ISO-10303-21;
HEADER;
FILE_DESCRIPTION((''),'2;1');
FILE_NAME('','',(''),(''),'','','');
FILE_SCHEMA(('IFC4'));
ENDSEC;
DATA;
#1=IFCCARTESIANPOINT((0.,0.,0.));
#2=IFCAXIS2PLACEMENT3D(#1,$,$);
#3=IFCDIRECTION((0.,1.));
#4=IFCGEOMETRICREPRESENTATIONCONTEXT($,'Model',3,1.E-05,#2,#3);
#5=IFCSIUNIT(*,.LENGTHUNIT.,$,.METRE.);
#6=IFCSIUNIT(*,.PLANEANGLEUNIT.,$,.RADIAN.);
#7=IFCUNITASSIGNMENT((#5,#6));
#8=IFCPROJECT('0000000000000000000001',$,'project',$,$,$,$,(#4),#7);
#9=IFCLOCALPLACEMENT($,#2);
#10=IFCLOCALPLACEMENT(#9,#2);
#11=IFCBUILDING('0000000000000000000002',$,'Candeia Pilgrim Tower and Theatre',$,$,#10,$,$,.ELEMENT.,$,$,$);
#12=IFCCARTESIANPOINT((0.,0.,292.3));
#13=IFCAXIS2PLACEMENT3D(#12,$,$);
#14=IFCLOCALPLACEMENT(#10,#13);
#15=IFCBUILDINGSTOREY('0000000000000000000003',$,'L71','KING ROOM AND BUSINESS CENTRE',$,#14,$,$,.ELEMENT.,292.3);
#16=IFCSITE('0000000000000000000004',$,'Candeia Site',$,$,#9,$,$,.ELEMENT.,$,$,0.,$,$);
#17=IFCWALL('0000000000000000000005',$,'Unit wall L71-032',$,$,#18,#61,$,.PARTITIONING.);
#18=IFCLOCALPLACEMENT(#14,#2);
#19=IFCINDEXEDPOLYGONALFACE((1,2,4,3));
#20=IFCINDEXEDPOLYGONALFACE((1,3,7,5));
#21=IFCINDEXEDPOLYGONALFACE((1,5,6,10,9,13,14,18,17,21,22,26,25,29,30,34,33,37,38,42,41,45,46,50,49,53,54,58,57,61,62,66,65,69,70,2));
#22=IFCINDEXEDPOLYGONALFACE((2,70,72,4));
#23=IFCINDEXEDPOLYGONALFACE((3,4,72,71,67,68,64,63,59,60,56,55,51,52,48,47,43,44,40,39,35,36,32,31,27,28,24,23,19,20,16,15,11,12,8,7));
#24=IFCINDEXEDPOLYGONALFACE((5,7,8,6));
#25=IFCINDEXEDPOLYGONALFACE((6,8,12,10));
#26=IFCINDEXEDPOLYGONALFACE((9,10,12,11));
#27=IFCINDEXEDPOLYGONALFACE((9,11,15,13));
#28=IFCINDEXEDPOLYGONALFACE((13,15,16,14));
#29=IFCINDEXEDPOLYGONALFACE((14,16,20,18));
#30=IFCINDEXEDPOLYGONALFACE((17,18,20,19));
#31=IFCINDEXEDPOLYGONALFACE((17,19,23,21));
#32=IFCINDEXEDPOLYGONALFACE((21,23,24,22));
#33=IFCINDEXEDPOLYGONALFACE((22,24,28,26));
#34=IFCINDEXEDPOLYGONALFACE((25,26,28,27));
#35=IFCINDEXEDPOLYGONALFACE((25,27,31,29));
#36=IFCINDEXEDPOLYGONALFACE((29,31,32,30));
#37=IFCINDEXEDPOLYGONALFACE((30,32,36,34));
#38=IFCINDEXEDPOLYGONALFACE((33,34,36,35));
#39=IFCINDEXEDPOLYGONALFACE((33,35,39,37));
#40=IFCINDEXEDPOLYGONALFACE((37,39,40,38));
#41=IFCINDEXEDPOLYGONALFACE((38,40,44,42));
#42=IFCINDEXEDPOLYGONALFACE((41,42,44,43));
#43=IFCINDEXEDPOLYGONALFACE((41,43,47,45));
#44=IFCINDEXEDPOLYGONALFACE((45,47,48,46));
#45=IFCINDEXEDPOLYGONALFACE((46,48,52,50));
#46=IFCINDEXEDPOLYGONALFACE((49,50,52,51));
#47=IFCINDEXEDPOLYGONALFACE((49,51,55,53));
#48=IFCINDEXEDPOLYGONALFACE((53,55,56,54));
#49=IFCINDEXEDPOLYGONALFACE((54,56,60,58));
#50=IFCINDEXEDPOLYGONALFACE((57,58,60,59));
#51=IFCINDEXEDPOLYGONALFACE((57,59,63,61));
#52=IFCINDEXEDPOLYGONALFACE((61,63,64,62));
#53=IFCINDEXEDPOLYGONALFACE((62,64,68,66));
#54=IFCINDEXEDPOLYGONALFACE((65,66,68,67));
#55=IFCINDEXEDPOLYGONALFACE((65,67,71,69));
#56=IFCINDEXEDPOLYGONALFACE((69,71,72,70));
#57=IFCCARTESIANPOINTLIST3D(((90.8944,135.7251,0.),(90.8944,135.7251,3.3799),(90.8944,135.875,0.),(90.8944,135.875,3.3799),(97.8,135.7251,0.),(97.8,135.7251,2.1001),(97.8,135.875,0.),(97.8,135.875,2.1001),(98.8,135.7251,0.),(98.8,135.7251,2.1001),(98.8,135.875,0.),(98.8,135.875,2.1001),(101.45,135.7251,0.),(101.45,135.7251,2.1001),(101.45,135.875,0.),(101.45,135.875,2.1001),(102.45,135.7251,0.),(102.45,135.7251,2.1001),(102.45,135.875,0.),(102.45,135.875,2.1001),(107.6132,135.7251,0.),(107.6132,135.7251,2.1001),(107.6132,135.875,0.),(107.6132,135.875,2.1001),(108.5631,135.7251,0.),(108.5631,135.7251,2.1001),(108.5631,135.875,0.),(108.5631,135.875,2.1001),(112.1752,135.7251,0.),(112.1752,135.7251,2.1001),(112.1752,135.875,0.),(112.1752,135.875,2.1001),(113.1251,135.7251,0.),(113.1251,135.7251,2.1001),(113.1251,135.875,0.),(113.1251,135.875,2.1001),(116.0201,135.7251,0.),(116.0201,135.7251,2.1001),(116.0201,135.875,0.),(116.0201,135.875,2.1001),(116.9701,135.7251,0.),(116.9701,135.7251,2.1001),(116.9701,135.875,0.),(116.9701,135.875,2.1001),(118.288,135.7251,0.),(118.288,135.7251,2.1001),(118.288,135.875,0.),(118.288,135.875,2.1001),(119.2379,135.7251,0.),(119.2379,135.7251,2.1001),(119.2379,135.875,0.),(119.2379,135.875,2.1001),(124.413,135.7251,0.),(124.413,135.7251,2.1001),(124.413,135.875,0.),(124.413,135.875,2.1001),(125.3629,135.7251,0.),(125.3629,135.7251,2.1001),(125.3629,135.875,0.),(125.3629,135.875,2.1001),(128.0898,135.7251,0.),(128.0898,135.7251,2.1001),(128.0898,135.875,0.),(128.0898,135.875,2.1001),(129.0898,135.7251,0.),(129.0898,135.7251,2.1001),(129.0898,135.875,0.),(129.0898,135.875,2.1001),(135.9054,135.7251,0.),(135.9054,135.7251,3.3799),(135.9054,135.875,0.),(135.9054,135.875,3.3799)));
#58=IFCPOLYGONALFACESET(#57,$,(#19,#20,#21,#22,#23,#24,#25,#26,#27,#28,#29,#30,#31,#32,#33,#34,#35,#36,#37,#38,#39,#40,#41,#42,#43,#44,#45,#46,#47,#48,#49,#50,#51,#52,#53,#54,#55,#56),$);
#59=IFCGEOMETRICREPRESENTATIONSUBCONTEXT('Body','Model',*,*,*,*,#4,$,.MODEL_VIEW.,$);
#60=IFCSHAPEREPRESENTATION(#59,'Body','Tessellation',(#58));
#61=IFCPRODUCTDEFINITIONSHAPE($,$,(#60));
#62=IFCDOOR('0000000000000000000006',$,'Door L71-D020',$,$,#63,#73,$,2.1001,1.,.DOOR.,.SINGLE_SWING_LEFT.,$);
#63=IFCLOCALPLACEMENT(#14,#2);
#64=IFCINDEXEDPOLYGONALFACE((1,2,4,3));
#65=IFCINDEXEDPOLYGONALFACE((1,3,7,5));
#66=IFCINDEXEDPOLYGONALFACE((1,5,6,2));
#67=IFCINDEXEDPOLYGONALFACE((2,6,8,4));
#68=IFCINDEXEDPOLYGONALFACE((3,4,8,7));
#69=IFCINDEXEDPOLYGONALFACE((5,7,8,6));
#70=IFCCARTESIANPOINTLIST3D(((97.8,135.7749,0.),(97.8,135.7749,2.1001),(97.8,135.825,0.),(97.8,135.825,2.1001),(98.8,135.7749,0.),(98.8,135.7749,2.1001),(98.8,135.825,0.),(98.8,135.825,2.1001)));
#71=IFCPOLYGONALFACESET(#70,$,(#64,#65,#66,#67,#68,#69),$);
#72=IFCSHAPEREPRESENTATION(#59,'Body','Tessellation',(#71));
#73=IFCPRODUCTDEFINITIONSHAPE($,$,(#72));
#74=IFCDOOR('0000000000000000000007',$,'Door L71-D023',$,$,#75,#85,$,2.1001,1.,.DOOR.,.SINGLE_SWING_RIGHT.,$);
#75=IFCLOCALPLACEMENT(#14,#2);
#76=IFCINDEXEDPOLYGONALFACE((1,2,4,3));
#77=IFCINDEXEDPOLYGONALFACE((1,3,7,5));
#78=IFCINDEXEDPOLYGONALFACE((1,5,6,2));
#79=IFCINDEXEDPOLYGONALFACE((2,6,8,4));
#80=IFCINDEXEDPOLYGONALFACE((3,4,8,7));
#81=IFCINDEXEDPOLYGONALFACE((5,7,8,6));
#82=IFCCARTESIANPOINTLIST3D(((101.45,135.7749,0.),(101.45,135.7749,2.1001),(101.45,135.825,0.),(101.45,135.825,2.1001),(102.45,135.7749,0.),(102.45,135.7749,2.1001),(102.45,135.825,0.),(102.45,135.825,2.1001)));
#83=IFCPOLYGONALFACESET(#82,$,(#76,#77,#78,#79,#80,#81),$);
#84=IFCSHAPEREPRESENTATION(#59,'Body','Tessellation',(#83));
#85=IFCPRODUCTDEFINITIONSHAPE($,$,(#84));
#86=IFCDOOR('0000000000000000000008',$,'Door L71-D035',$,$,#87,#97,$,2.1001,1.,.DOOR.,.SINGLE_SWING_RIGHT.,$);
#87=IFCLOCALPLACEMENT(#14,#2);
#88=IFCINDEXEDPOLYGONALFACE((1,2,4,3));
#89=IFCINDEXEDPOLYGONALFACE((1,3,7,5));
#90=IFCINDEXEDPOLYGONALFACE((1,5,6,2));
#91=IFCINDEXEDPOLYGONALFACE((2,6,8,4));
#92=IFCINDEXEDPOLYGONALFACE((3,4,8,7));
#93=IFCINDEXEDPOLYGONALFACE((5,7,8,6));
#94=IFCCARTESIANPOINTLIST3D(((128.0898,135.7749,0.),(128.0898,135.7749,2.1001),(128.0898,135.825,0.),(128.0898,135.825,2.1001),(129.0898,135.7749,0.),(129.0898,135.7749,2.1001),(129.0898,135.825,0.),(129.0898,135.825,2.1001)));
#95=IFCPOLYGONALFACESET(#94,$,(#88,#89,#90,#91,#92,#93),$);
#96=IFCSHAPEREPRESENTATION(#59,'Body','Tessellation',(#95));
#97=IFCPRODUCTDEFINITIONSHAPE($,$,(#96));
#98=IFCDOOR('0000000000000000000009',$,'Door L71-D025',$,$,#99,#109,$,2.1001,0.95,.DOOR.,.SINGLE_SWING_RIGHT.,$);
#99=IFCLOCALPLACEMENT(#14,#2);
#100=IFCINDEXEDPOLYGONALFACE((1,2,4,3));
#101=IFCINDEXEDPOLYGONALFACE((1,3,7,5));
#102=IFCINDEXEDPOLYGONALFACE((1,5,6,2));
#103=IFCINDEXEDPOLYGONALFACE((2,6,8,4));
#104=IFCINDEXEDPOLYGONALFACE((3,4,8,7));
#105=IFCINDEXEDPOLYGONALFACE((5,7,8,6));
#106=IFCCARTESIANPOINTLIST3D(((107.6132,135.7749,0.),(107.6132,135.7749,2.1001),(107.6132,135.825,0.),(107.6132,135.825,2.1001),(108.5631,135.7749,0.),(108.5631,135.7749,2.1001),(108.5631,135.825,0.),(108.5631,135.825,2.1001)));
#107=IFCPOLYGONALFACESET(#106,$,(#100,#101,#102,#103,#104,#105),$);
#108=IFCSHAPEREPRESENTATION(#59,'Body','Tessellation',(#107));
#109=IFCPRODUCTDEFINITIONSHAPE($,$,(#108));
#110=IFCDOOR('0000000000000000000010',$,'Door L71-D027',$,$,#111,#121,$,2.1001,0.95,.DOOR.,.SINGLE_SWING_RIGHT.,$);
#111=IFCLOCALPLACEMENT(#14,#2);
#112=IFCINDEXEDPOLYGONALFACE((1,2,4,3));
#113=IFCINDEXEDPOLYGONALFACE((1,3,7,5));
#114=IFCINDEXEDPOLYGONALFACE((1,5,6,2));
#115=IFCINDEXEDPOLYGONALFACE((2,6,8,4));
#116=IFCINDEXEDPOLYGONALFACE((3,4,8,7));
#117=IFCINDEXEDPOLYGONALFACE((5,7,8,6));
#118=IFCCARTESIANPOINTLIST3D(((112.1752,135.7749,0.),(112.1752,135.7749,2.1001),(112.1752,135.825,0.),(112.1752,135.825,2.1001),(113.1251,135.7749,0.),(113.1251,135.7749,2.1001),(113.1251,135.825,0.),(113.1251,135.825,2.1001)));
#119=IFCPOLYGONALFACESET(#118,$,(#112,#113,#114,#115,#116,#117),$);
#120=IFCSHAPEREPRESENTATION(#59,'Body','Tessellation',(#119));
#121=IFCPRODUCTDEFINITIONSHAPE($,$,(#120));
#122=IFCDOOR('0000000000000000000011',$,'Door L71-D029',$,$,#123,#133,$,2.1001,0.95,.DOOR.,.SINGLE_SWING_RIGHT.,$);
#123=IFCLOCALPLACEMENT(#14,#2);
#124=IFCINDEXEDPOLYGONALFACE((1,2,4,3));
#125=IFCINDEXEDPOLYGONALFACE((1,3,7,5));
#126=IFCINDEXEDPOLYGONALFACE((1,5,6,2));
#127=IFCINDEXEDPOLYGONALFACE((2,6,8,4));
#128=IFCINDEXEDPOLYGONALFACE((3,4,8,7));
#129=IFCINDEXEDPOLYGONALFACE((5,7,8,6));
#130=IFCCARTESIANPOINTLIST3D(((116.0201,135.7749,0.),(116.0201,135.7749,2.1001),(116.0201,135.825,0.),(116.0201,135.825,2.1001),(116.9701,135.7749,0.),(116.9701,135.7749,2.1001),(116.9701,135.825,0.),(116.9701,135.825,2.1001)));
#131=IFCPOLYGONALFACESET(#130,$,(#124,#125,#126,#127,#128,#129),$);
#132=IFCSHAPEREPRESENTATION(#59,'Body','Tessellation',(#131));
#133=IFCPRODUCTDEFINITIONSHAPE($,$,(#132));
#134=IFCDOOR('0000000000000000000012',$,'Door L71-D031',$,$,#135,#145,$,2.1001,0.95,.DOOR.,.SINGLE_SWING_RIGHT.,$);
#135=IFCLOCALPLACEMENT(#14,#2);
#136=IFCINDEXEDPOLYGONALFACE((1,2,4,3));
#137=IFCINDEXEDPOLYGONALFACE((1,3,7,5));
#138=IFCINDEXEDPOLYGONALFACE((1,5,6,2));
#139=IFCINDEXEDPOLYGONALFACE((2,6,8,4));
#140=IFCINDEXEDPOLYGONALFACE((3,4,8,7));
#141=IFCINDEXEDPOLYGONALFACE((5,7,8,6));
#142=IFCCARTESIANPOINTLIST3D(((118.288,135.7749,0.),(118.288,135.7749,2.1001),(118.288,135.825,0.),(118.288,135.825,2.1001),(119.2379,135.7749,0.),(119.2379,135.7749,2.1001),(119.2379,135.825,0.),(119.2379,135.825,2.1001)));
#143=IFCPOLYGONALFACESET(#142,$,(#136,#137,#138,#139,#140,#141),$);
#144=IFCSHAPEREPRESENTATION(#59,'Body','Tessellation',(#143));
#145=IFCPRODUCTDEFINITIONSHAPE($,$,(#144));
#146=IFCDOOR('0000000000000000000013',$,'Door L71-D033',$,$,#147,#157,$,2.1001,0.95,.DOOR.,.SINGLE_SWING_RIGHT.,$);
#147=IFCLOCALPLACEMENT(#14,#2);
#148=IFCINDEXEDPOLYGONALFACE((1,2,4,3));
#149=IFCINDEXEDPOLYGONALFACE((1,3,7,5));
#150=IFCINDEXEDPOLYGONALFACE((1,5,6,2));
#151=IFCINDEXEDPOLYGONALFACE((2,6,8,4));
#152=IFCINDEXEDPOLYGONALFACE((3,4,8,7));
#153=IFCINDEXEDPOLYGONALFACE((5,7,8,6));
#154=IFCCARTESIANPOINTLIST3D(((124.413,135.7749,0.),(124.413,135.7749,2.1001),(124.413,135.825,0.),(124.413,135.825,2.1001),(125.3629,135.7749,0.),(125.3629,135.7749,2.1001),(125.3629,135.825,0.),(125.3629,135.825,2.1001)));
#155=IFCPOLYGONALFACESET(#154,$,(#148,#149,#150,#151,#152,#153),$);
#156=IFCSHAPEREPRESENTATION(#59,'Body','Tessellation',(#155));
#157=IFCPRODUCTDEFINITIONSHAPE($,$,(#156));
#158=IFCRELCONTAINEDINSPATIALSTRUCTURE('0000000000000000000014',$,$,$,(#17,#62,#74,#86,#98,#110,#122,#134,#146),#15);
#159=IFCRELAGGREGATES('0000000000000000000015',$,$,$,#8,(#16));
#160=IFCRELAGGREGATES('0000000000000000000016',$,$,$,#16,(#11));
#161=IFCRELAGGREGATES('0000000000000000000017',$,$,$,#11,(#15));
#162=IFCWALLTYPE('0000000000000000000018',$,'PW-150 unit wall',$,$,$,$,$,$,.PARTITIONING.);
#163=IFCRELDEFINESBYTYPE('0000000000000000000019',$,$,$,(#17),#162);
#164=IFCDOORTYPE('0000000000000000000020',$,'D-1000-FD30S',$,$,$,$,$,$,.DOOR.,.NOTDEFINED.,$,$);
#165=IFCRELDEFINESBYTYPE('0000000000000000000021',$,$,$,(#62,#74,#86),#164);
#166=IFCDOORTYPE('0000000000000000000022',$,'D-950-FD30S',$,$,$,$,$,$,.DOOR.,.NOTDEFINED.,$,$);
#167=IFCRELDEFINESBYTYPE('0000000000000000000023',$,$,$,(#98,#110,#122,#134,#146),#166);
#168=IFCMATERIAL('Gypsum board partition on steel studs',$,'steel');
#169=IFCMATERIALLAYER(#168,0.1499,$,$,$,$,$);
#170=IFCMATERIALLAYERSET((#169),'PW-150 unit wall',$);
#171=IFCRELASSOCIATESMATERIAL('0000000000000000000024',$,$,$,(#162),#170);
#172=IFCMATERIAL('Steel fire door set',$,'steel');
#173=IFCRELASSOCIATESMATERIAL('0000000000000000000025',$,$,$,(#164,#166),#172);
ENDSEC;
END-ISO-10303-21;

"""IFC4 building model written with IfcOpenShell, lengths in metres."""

from ifc_helpers import new_model, si_unit, direction, frame, frame_2d, origin, place, context, subcontext, project, spatial, rectangle, extrude, material, layer, layer_set, type_object, element, fill, save


model = new_model("IFC4")

# Units and contexts
model_context = context("Model", 3, precision=1e-05, world=origin(), true_north=direction((0.0, 1.0)))
body_context = subcontext(model_context, "Body", "Model", "MODEL_VIEW")
ifc_project = project(units=[si_unit("LENGTHUNIT", "METRE"), si_unit("PLANEANGLEUNIT", "RADIAN")], contexts=[model_context])

# Site, building, storey
site_placement = place(None, origin())
site = spatial("IfcSite", under=ifc_project, at=site_placement, Name="Candeia Site", CompositionType="ELEMENT", RefElevation=0.0)
building_placement = place(site_placement, origin())
building = spatial("IfcBuilding", under=site, at=building_placement, Name="Candeia Pilgrim Tower and Theatre", CompositionType="ELEMENT")
storey_placement = place(building_placement, frame((0.0, 0.0, 292.3)))
storey = spatial("IfcBuildingStorey", under=building, at=storey_placement, Name="L71", Description="KING ROOM AND BUSINESS CENTRE", CompositionType="ELEMENT", Elevation=292.3)

# Shared definitions
ifc_material_1 = material(Name="Steel fire door set", Category="steel")
ifc_material_2 = material(Name="Gypsum board partition on steel studs", Category="steel")

# Wall, openings, doors
ifc_layer_1 = layer(ifc_material_2, 0.1499)
ifc_layer_set_1 = layer_set([ifc_layer_1], Name="PW-150 unit wall")
wall_type_1 = type_object("IfcWallType", Name="PW-150 unit wall", PredefinedType="PARTITIONING", material=ifc_layer_set_1)
wall_1_placement = place(storey_placement, frame((90.8945, 135.8, 0.0), z_axis=(0.0, 0.0, 1.0), x_axis=(1.0, 0.0, 0.0)))
wall_1 = element("IfcWall", 1, at=wall_1_placement, inside=storey, type_object=wall_type_1, Name="Unit wall L71-032", PredefinedType="PARTITIONING", context=body_context, shape_type="SweptSolid", body=[
    extrude(rectangle(XDim=45.011, YDim=0.1499, at=frame_2d((22.5054, 0.0))), origin(), (0.0, 0.0, 1.0), 3.3799),
])
opening_1_placement = place(wall_1_placement, frame((6.9055, 0.0, 0.0)))
opening_1 = element("IfcOpeningElement", 2, at=opening_1_placement, cuts=wall_1, PredefinedType="OPENING", context=body_context, shape_type="SweptSolid", body=[
    extrude(rectangle(XDim=1.0, YDim=2.1001, at=frame_2d((0.5, 1.05))), frame((0.0, 0.085, 0.0), z_axis=(0.0, -1.0, 0.0), x_axis=(1.0, 0.0, 0.0)), (0.0, 0.0, 1.0), 0.1699),
])
opening_2_placement = place(wall_1_placement, frame((10.5554, 0.0, 0.0)))
opening_2 = element("IfcOpeningElement", 3, at=opening_2_placement, cuts=wall_1, PredefinedType="OPENING", context=body_context, shape_type="SweptSolid", body=[
    extrude(rectangle(XDim=1.0, YDim=2.1001, at=frame_2d((0.5, 1.05))), frame((0.0, 0.085, 0.0), z_axis=(0.0, -1.0, 0.0), x_axis=(1.0, 0.0, 0.0)), (0.0, 0.0, 1.0), 0.1699),
])
opening_3_placement = place(wall_1_placement, frame((16.7185, 0.0, 0.0)))
opening_3 = element("IfcOpeningElement", 4, at=opening_3_placement, cuts=wall_1, PredefinedType="OPENING", context=body_context, shape_type="SweptSolid", body=[
    extrude(rectangle(XDim=0.95, YDim=2.1001, at=frame_2d((0.4751, 1.05))), frame((0.0, 0.085, 0.0), z_axis=(0.0, -1.0, 0.0), x_axis=(1.0, 0.0, 0.0)), (0.0, 0.0, 1.0), 0.1699),
])
opening_4_placement = place(wall_1_placement, frame((21.2805, 0.0, 0.0)))
opening_4 = element("IfcOpeningElement", 5, at=opening_4_placement, cuts=wall_1, PredefinedType="OPENING", context=body_context, shape_type="SweptSolid", body=[
    extrude(rectangle(XDim=0.95, YDim=2.1001, at=frame_2d((0.4751, 1.05))), frame((0.0, 0.085, 0.0), z_axis=(0.0, -1.0, 0.0), x_axis=(1.0, 0.0, 0.0)), (0.0, 0.0, 1.0), 0.1699),
])
opening_5_placement = place(wall_1_placement, frame((25.1255, 0.0, 0.0)))
opening_5 = element("IfcOpeningElement", 6, at=opening_5_placement, cuts=wall_1, PredefinedType="OPENING", context=body_context, shape_type="SweptSolid", body=[
    extrude(rectangle(XDim=0.95, YDim=2.1001, at=frame_2d((0.4751, 1.05))), frame((0.0, 0.085, 0.0), z_axis=(0.0, -1.0, 0.0), x_axis=(1.0, 0.0, 0.0)), (0.0, 0.0, 1.0), 0.1699),
])
opening_6_placement = place(wall_1_placement, frame((27.3933, 0.0, 0.0)))
opening_6 = element("IfcOpeningElement", 7, at=opening_6_placement, cuts=wall_1, PredefinedType="OPENING", context=body_context, shape_type="SweptSolid", body=[
    extrude(rectangle(XDim=0.95, YDim=2.1001, at=frame_2d((0.4751, 1.05))), frame((0.0, 0.085, 0.0), z_axis=(0.0, -1.0, 0.0), x_axis=(1.0, 0.0, 0.0)), (0.0, 0.0, 1.0), 0.1699),
])
opening_7_placement = place(wall_1_placement, frame((33.5183, 0.0, 0.0)))
opening_7 = element("IfcOpeningElement", 8, at=opening_7_placement, cuts=wall_1, PredefinedType="OPENING", context=body_context, shape_type="SweptSolid", body=[
    extrude(rectangle(XDim=0.95, YDim=2.1001, at=frame_2d((0.4751, 1.05))), frame((0.0, 0.085, 0.0), z_axis=(0.0, -1.0, 0.0), x_axis=(1.0, 0.0, 0.0)), (0.0, 0.0, 1.0), 0.1699),
])
opening_8_placement = place(wall_1_placement, frame((37.1953, 0.0, 0.0)))
opening_8 = element("IfcOpeningElement", 9, at=opening_8_placement, cuts=wall_1, PredefinedType="OPENING", context=body_context, shape_type="SweptSolid", body=[
    extrude(rectangle(XDim=1.0, YDim=2.1001, at=frame_2d((0.5, 1.05))), frame((0.0, 0.085, 0.0), z_axis=(0.0, -1.0, 0.0), x_axis=(1.0, 0.0, 0.0)), (0.0, 0.0, 1.0), 0.1699),
])
door_type_1 = type_object("IfcDoorType", Name="D-1000-FD30S", OperationType="NOTDEFINED", PredefinedType="DOOR", material=ifc_material_1)
door_1_placement = place(opening_1_placement, origin())
door_1 = element("IfcDoor", 10, at=door_1_placement, inside=storey, type_object=door_type_1, Name="Door L71-D020", OperationType="SINGLE_SWING_LEFT", OverallHeight=2.1001, OverallWidth=1.0, PredefinedType="DOOR", context=body_context, shape_type="SweptSolid", body=[
    extrude(rectangle(XDim=1.0, YDim=2.1001, at=frame_2d((0.5, 1.05))), frame((0.0, 0.0249, 0.0), z_axis=(0.0, -1.0, 0.0), x_axis=(1.0, 0.0, 0.0)), (0.0, 0.0, 1.0), 0.05),
])
fill(opening_1, door_1)
door_2_placement = place(opening_2_placement, origin())
door_2 = element("IfcDoor", 11, at=door_2_placement, inside=storey, type_object=door_type_1, Name="Door L71-D023", OperationType="SINGLE_SWING_RIGHT", OverallHeight=2.1001, OverallWidth=1.0, PredefinedType="DOOR", context=body_context, shape_type="SweptSolid", body=[
    extrude(rectangle(XDim=1.0, YDim=2.1001, at=frame_2d((0.5, 1.05))), frame((0.0, 0.0249, 0.0), z_axis=(0.0, -1.0, 0.0), x_axis=(1.0, 0.0, 0.0)), (0.0, 0.0, 1.0), 0.05),
])
fill(opening_2, door_2)
door_3_placement = place(opening_8_placement, origin())
door_3 = element("IfcDoor", 12, at=door_3_placement, inside=storey, type_object=door_type_1, Name="Door L71-D035", OperationType="SINGLE_SWING_RIGHT", OverallHeight=2.1001, OverallWidth=1.0, PredefinedType="DOOR", context=body_context, shape_type="SweptSolid", body=[
    extrude(rectangle(XDim=1.0, YDim=2.1001, at=frame_2d((0.5, 1.05))), frame((0.0, 0.0249, 0.0), z_axis=(0.0, -1.0, 0.0), x_axis=(1.0, 0.0, 0.0)), (0.0, 0.0, 1.0), 0.05),
])
fill(opening_8, door_3)
door_type_2 = type_object("IfcDoorType", Name="D-950-FD30S", OperationType="NOTDEFINED", PredefinedType="DOOR", material=ifc_material_1)
door_4_placement = place(opening_3_placement, origin())
door_4 = element("IfcDoor", 13, at=door_4_placement, inside=storey, type_object=door_type_2, Name="Door L71-D025", OperationType="SINGLE_SWING_RIGHT", OverallHeight=2.1001, OverallWidth=0.95, PredefinedType="DOOR", context=body_context, shape_type="SweptSolid", body=[
    extrude(rectangle(XDim=0.95, YDim=2.1001, at=frame_2d((0.4751, 1.05))), frame((0.0, 0.0249, 0.0), z_axis=(0.0, -1.0, 0.0), x_axis=(1.0, 0.0, 0.0)), (0.0, 0.0, 1.0), 0.05),
])
fill(opening_3, door_4)
door_5_placement = place(opening_4_placement, origin())
door_5 = element("IfcDoor", 14, at=door_5_placement, inside=storey, type_object=door_type_2, Name="Door L71-D027", OperationType="SINGLE_SWING_RIGHT", OverallHeight=2.1001, OverallWidth=0.95, PredefinedType="DOOR", context=body_context, shape_type="SweptSolid", body=[
    extrude(rectangle(XDim=0.95, YDim=2.1001, at=frame_2d((0.4751, 1.05))), frame((0.0, 0.0249, 0.0), z_axis=(0.0, -1.0, 0.0), x_axis=(1.0, 0.0, 0.0)), (0.0, 0.0, 1.0), 0.05),
])
fill(opening_4, door_5)
door_6_placement = place(opening_5_placement, origin())
door_6 = element("IfcDoor", 15, at=door_6_placement, inside=storey, type_object=door_type_2, Name="Door L71-D029", OperationType="SINGLE_SWING_RIGHT", OverallHeight=2.1001, OverallWidth=0.95, PredefinedType="DOOR", context=body_context, shape_type="SweptSolid", body=[
    extrude(rectangle(XDim=0.95, YDim=2.1001, at=frame_2d((0.4751, 1.05))), frame((0.0, 0.0249, 0.0), z_axis=(0.0, -1.0, 0.0), x_axis=(1.0, 0.0, 0.0)), (0.0, 0.0, 1.0), 0.05),
])
fill(opening_5, door_6)
door_7_placement = place(opening_6_placement, origin())
door_7 = element("IfcDoor", 16, at=door_7_placement, inside=storey, type_object=door_type_2, Name="Door L71-D031", OperationType="SINGLE_SWING_RIGHT", OverallHeight=2.1001, OverallWidth=0.95, PredefinedType="DOOR", context=body_context, shape_type="SweptSolid", body=[
    extrude(rectangle(XDim=0.95, YDim=2.1001, at=frame_2d((0.4751, 1.05))), frame((0.0, 0.0249, 0.0), z_axis=(0.0, -1.0, 0.0), x_axis=(1.0, 0.0, 0.0)), (0.0, 0.0, 1.0), 0.05),
])
fill(opening_6, door_7)
door_8_placement = place(opening_7_placement, origin())
door_8 = element("IfcDoor", 17, at=door_8_placement, inside=storey, type_object=door_type_2, Name="Door L71-D033", OperationType="SINGLE_SWING_RIGHT", OverallHeight=2.1001, OverallWidth=0.95, PredefinedType="DOOR", context=body_context, shape_type="SweptSolid", body=[
    extrude(rectangle(XDim=0.95, YDim=2.1001, at=frame_2d((0.4751, 1.05))), frame((0.0, 0.0249, 0.0), z_axis=(0.0, -1.0, 0.0), x_axis=(1.0, 0.0, 0.0)), (0.0, 0.0, 1.0), 0.05),
])
fill(opening_7, door_8)

save(model, "model.ifc")
